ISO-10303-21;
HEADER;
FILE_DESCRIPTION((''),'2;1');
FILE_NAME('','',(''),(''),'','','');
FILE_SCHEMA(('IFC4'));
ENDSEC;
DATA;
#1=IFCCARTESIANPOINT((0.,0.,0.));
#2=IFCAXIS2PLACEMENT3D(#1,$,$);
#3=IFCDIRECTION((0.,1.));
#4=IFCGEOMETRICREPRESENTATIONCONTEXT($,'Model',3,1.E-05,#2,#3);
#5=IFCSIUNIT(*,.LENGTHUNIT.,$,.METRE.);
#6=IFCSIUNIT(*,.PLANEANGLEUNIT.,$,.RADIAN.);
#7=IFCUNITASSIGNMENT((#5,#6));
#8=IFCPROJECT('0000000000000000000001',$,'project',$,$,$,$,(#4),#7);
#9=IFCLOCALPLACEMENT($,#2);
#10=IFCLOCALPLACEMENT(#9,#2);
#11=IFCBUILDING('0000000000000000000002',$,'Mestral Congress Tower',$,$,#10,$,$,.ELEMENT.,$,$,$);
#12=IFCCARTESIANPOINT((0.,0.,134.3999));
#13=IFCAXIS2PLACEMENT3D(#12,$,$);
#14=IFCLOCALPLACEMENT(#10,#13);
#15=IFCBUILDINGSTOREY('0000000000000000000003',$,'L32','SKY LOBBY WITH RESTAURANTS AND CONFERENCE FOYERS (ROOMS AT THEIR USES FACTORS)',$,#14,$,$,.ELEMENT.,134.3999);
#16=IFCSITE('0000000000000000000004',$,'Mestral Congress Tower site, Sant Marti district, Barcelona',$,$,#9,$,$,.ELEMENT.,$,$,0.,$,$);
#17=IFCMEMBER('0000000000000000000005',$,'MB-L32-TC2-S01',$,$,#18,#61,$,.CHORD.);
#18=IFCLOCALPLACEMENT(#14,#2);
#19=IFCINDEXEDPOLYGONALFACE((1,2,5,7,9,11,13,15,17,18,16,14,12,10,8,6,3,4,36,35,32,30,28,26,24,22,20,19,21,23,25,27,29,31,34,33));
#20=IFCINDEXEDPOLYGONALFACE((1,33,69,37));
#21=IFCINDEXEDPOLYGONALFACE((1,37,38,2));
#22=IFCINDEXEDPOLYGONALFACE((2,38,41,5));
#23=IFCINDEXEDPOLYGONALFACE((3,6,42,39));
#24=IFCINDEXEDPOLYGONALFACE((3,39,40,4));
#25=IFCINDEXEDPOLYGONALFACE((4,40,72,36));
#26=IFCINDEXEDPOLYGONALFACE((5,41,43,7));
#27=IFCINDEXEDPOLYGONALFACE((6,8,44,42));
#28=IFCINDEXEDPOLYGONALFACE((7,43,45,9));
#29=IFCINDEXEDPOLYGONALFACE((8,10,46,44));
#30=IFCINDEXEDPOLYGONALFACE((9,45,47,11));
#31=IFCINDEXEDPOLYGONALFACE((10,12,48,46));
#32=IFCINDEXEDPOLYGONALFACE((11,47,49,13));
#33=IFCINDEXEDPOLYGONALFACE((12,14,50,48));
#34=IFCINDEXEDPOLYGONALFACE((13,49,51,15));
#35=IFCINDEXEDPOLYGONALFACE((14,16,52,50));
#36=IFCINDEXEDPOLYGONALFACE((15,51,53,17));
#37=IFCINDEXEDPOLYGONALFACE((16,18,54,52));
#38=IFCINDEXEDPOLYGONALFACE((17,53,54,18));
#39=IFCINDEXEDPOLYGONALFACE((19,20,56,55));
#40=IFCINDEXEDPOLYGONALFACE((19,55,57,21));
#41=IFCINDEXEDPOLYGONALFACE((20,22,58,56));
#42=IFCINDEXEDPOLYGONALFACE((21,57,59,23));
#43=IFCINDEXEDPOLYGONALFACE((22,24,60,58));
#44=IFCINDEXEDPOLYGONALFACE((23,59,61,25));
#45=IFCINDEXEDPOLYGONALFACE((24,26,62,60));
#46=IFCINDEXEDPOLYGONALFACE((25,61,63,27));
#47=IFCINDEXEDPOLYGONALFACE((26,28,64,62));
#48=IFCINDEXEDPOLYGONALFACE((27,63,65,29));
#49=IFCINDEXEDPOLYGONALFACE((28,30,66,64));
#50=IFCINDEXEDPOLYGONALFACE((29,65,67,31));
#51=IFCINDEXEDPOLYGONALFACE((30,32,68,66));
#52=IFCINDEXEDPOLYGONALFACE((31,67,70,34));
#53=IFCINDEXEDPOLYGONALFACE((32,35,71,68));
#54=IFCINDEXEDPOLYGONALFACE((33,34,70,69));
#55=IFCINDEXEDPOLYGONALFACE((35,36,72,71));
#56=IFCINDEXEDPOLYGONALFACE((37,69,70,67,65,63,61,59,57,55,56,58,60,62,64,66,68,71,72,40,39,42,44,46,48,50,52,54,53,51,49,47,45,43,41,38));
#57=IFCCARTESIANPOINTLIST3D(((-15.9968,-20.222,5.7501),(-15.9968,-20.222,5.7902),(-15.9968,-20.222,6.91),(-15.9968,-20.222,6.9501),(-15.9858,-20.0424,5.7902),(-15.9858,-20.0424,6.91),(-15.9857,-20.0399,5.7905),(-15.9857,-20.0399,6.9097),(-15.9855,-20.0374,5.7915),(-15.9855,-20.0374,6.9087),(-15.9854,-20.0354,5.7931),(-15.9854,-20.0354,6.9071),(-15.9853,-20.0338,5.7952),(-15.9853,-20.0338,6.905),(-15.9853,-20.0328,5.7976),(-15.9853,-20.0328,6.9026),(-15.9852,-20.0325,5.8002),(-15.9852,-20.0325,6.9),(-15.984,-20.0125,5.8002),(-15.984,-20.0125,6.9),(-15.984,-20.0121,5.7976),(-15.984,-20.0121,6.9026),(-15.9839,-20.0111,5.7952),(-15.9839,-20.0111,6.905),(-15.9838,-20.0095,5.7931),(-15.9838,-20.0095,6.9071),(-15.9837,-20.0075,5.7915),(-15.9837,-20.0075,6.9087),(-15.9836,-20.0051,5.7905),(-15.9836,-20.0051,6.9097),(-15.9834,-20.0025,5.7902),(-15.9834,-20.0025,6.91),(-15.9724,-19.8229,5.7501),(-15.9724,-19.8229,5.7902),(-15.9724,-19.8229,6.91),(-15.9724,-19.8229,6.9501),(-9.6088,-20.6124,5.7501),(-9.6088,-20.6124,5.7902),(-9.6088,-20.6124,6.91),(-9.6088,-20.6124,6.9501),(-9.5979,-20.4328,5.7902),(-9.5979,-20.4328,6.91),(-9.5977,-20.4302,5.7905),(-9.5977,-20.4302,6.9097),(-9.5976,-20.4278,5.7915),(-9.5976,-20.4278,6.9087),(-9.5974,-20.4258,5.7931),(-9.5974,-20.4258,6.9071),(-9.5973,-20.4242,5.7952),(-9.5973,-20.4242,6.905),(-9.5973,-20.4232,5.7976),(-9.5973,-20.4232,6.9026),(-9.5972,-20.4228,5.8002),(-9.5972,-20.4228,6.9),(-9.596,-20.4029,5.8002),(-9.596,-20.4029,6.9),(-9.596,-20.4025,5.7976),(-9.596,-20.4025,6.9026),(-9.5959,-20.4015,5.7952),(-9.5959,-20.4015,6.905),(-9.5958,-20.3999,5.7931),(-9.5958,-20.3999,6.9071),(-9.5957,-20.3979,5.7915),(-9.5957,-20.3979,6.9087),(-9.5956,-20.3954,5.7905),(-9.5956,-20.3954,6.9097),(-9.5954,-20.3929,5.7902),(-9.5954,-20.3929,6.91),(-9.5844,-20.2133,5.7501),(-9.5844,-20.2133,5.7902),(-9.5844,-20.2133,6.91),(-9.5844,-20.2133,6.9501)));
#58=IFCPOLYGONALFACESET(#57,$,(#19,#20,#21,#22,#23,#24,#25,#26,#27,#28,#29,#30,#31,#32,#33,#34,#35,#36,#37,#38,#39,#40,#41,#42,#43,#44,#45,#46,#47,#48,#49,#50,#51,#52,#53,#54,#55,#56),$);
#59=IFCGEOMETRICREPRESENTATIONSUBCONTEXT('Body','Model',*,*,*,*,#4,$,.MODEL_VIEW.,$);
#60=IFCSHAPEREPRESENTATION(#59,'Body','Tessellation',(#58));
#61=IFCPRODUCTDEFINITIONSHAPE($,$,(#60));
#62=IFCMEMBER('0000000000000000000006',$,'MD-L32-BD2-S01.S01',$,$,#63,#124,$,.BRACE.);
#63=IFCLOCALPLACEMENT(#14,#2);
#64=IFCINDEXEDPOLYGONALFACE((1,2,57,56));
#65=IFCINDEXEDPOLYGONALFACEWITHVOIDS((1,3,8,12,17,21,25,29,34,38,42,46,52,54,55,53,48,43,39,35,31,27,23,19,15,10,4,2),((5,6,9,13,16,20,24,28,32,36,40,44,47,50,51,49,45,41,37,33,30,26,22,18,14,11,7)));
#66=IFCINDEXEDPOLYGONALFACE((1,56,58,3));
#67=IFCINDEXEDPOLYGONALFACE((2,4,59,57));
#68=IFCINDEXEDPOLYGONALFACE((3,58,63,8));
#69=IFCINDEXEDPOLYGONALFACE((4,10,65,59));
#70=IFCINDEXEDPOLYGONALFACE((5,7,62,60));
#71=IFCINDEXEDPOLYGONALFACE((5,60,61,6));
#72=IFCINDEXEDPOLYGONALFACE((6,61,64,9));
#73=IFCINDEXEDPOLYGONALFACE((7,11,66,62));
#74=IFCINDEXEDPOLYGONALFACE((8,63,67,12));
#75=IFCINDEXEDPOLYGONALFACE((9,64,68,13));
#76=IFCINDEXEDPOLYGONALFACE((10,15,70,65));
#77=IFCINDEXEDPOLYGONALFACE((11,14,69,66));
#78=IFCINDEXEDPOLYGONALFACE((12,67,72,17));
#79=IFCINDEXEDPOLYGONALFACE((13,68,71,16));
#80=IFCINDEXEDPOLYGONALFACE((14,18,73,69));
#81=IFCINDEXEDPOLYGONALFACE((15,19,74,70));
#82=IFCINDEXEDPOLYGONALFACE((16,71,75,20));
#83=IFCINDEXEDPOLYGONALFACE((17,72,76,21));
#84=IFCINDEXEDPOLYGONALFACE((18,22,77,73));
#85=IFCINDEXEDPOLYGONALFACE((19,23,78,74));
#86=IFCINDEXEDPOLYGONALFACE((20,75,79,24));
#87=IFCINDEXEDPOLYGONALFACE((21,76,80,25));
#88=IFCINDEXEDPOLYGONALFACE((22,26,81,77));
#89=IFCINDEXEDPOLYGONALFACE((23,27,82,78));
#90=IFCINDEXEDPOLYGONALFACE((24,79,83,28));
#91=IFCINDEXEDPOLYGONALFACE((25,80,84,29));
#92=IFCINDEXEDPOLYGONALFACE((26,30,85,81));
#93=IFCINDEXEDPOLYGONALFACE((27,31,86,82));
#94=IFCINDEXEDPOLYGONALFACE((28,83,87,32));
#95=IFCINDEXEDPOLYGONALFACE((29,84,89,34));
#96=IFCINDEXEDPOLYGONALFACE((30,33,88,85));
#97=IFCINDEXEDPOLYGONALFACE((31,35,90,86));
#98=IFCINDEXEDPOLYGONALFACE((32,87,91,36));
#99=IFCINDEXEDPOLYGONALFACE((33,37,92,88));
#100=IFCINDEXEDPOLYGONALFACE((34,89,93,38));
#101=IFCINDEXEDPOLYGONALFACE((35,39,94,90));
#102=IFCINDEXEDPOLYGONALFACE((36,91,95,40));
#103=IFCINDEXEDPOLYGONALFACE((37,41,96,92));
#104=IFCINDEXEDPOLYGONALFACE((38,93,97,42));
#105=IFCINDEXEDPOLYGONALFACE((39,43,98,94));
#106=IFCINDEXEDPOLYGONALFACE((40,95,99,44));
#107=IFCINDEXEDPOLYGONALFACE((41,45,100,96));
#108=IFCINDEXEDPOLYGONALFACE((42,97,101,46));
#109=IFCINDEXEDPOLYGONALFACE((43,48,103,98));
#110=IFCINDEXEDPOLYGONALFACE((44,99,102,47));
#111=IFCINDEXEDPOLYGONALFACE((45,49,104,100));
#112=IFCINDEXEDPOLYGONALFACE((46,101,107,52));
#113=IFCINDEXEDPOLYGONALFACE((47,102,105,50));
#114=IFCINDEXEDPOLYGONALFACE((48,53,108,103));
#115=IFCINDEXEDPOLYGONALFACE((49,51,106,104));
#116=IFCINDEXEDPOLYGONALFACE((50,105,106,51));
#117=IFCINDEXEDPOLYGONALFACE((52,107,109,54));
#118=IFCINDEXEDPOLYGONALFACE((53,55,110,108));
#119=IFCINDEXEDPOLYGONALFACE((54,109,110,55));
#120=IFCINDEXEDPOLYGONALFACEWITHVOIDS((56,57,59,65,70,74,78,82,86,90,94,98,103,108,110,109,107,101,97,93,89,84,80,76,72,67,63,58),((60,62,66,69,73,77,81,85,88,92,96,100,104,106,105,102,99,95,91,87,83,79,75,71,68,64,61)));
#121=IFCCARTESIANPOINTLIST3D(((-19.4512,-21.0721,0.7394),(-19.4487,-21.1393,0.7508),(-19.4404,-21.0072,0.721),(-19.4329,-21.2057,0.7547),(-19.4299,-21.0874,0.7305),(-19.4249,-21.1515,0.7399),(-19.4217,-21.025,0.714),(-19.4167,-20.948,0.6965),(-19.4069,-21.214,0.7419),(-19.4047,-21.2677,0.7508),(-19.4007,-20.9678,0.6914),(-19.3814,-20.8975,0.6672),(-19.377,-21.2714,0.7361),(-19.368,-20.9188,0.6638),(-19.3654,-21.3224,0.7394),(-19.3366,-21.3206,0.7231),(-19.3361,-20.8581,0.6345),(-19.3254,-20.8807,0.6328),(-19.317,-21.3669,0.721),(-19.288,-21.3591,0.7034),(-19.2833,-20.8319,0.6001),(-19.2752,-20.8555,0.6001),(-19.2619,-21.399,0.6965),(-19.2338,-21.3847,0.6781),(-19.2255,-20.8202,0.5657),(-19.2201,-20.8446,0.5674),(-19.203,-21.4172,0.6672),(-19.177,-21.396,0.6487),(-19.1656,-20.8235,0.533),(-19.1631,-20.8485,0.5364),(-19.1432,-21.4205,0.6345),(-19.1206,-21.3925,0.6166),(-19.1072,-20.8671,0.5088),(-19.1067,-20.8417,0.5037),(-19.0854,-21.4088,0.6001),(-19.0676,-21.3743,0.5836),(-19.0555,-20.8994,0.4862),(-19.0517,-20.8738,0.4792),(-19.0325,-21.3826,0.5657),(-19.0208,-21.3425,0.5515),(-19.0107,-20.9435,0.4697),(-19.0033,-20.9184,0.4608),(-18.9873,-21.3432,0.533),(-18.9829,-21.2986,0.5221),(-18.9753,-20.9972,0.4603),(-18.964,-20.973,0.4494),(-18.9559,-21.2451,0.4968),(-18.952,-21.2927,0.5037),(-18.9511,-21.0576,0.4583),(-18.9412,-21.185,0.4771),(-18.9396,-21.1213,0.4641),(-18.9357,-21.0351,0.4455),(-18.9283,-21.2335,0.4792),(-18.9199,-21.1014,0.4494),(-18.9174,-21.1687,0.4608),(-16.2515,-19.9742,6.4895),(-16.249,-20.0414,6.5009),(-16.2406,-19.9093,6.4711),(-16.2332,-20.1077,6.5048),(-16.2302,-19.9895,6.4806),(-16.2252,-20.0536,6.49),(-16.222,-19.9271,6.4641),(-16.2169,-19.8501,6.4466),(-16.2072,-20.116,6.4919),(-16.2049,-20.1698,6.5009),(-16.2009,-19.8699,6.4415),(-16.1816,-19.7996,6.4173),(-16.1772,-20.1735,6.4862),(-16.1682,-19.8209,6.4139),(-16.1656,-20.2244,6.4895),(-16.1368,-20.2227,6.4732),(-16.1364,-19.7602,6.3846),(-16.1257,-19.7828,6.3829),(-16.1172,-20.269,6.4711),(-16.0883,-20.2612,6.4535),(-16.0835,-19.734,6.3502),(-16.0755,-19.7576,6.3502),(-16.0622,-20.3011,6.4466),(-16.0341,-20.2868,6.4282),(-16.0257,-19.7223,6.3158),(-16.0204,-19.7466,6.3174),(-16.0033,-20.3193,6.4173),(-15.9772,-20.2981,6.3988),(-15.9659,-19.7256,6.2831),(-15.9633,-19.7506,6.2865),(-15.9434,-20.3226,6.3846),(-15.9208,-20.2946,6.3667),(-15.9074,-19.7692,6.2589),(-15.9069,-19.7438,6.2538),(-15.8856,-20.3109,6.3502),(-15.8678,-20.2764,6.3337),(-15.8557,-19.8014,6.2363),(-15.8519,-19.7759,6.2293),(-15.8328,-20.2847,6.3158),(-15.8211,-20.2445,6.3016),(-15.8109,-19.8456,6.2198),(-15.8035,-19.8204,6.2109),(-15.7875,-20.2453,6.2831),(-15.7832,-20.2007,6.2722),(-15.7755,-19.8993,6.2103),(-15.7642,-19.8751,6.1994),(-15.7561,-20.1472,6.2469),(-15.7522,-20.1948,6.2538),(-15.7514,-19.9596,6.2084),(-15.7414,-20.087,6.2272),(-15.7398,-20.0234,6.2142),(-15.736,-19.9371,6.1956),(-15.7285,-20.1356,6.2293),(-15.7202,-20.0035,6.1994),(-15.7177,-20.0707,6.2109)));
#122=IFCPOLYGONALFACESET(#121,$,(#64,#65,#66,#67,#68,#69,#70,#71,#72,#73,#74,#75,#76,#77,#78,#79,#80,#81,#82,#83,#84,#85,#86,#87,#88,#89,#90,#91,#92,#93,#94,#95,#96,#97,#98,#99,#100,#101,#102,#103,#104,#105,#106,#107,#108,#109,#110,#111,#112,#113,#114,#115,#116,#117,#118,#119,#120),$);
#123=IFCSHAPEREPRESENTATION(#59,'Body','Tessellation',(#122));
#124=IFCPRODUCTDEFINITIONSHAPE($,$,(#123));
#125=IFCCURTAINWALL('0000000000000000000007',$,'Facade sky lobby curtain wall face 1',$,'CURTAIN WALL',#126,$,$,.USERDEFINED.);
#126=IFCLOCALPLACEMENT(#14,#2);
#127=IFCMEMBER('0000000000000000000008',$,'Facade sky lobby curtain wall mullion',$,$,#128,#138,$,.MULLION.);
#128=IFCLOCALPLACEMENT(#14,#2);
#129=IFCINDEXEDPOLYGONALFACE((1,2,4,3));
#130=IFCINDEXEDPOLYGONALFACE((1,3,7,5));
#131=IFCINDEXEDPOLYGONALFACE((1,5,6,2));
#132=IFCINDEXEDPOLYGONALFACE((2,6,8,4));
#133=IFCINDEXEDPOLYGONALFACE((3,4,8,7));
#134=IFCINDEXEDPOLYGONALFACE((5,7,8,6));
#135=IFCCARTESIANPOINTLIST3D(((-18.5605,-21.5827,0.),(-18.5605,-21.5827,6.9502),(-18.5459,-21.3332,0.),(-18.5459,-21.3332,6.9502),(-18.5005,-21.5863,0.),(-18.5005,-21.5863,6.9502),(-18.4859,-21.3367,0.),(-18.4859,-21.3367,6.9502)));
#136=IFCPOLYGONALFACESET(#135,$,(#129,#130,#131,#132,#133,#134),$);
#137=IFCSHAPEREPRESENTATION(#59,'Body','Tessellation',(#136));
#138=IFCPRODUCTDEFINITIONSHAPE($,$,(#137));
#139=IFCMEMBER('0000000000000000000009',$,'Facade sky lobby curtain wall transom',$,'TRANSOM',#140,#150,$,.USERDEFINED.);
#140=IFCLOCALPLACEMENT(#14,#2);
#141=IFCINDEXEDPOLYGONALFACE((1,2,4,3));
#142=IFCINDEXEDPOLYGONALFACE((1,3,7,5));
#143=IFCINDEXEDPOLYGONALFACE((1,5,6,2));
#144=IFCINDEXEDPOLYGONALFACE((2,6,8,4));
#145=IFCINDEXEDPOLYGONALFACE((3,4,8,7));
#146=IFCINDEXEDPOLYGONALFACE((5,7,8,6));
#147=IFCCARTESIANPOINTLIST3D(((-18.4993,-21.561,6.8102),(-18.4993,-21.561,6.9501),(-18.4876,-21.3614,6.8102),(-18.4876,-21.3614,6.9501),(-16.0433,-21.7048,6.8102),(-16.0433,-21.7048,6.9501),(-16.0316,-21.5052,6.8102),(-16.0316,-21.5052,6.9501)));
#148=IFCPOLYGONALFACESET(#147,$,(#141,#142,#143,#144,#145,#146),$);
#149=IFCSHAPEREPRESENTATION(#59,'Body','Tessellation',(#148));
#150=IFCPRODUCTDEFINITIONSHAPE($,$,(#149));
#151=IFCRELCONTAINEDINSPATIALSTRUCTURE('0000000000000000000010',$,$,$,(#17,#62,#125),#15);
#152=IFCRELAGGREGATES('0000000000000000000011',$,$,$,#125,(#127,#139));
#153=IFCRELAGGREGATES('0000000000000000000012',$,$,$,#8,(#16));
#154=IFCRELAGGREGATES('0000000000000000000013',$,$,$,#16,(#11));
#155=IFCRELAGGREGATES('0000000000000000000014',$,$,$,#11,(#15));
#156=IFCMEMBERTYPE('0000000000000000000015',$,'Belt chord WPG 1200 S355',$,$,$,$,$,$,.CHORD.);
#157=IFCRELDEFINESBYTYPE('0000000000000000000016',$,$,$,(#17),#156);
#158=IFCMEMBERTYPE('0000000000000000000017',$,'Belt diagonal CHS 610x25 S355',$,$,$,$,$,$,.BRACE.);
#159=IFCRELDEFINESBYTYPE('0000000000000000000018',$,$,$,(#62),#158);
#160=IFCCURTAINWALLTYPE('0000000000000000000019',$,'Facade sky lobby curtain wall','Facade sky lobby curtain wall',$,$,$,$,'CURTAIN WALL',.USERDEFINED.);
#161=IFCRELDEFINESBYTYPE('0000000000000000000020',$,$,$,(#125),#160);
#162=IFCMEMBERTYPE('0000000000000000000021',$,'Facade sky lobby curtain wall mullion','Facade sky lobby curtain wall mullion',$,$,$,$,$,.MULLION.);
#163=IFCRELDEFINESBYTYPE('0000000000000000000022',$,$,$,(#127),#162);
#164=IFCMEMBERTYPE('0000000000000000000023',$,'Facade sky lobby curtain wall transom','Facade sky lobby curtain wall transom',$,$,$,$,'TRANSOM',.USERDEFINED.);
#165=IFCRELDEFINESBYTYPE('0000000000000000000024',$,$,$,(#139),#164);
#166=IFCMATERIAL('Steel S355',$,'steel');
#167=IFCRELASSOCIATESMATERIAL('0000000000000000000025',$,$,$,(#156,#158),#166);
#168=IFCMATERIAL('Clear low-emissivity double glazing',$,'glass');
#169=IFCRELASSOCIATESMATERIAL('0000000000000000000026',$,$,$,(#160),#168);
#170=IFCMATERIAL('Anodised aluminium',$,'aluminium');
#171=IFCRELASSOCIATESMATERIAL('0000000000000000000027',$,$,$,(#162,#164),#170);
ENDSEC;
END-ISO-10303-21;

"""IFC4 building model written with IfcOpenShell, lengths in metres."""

from ifc_helpers import new_model, si_unit, direction, frame, origin, origin_2d, place, context, subcontext, project, spatial, rectangle, hollow_circle, i_section, extrude, material, material_profile, profile_set, type_object, element, aggregate, save


model = new_model("IFC4")

# Units and contexts
model_context = context("Model", 3, precision=1e-05, world=origin(), true_north=direction((0.0, 1.0)))
body_context = subcontext(model_context, "Body", "Model", "MODEL_VIEW")
ifc_project = project(units=[si_unit("LENGTHUNIT", "METRE"), si_unit("PLANEANGLEUNIT", "RADIAN")], contexts=[model_context])

# Site, building, storey
site_placement = place(None, origin())
site = spatial("IfcSite", under=ifc_project, at=site_placement, Name="Mestral Congress Tower site, Sant Marti district, Barcelona", CompositionType="ELEMENT", RefElevation=0.0)
building_placement = place(site_placement, origin())
building = spatial("IfcBuilding", under=site, at=building_placement, Name="Mestral Congress Tower", CompositionType="ELEMENT")
storey_placement = place(building_placement, frame((0.0, 0.0, 134.3999)))
storey = spatial("IfcBuildingStorey", under=building, at=storey_placement, Name="L32", Description="SKY LOBBY WITH RESTAURANTS AND CONFERENCE FOYERS (ROOMS AT THEIR USES FACTORS)", CompositionType="ELEMENT", Elevation=134.3999)

# Members
ifc_material_1 = material(Name="Steel S355", Category="steel")
ifc_material_profile_1 = material_profile(ifc_material_1, i_section(OverallWidth=0.3999, OverallDepth=1.2, WebThickness=0.02, FlangeThickness=0.04, FilletRadius=0.01, at=origin_2d()), Name="WPG 1200")
ifc_profile_set_1 = profile_set([ifc_material_profile_1], Name="Steel S355")
member_type_1 = type_object("IfcMemberType", Name="Belt chord WPG 1200 S355", PredefinedType="CHORD", material=ifc_profile_set_1)
member_1_placement = place(storey_placement, frame((-15.9846, -20.0225, 6.3501), z_axis=(0.998138, -0.060998, 0.0), x_axis=(0.060998, 0.998138, 0.0)))
element("IfcMember", 1, at=member_1_placement, inside=storey, type_object=member_type_1, Name="MB-L32-TC2-S01", PredefinedType="CHORD", context=body_context, shape_type="SweptSolid", body=[
    extrude(i_section(OverallWidth=0.3999, OverallDepth=1.2, WebThickness=0.02, FlangeThickness=0.04, FilletRadius=0.01, at=origin_2d()), origin(), (0.0, 0.0, 1.0), 6.3999),
])
ifc_material_profile_2 = material_profile(ifc_material_1, hollow_circle(Radius=0.3049, WallThickness=0.0249, at=origin_2d()), Name="CHS 610x25")
ifc_profile_set_2 = profile_set([ifc_material_profile_2], Name="Steel S355")
member_type_2 = type_object("IfcMemberType", Name="Belt diagonal CHS 610x25 S355", PredefinedType="BRACE", material=ifc_profile_set_2)
member_2_placement = place(storey_placement, frame((-19.1843, -21.1204, 0.6001), z_axis=(0.479624, 0.164571, 0.861903), x_axis=(-0.324551, 0.945868, 0.0)))
element("IfcMember", 2, at=member_2_placement, inside=storey, type_object=member_type_2, Name="MD-L32-BD2-S01.S01", PredefinedType="BRACE", context=body_context, shape_type="SweptSolid", body=[
    extrude(hollow_circle(Radius=0.3049, WallThickness=0.0249, at=origin_2d()), origin(), (0.0, 0.0, 1.0), 6.6714),
])

# Curtain wall, members
ifc_material_2 = material(Name="Clear low-emissivity double glazing", Category="glass")
curtain_wall_type = type_object("IfcCurtainWallType", Name="Facade sky lobby curtain wall", Description="Facade sky lobby curtain wall", ElementType="CURTAIN WALL", PredefinedType="USERDEFINED", material=ifc_material_2)
curtain_wall_placement = place(storey_placement, origin())
curtain_wall = element("IfcCurtainWall", 3, at=curtain_wall_placement, inside=storey, type_object=curtain_wall_type, Name="Facade sky lobby curtain wall face 1", ObjectType="CURTAIN WALL", PredefinedType="USERDEFINED")
ifc_material_3 = material(Name="Anodised aluminium", Category="aluminium")
ifc_material_profile_3 = material_profile(ifc_material_3, rectangle(XDim=0.25, YDim=0.0601, at=origin_2d()), Name="CW1 mullion 250 x 60")
ifc_profile_set_3 = profile_set([ifc_material_profile_3], Name="Anodised aluminium")
member_type_3 = type_object("IfcMemberType", Name="Facade sky lobby curtain wall mullion", Description="Facade sky lobby curtain wall mullion", PredefinedType="MULLION", material=ifc_profile_set_3)
member_3_placement = place(storey_placement, frame((-18.5232, -21.4597, 0.0), z_axis=(0.0, 0.0, 1.0), x_axis=(-0.058437, -0.998291, 0.0)))
member_3 = element("IfcMember", 4, at=member_3_placement, type_object=member_type_3, Name="Facade sky lobby curtain wall mullion", PredefinedType="MULLION", context=body_context, shape_type="SweptSolid", body=[
    extrude(rectangle(XDim=0.25, YDim=0.0601, at=origin_2d()), origin(), (0.0, 0.0, 1.0), 6.9502),
])
ifc_material_profile_4 = material_profile(ifc_material_3, rectangle(XDim=0.2, YDim=0.1399, at=origin_2d()), Name="CW1 transom 200 x 140")
ifc_profile_set_4 = profile_set([ifc_material_profile_4], Name="Anodised aluminium")
member_type_4 = type_object("IfcMemberType", Name="Facade sky lobby curtain wall transom", Description="Facade sky lobby curtain wall transom", ElementType="TRANSOM", PredefinedType="USERDEFINED", material=ifc_profile_set_4)
member_4_placement = place(storey_placement, frame((-18.4934, -21.4612, 6.8801), z_axis=(0.99829, -0.058449, 0.0), x_axis=(0.058449, 0.99829, 0.0)))
member_4 = element("IfcMember", 5, at=member_4_placement, type_object=member_type_4, Name="Facade sky lobby curtain wall transom", ObjectType="TRANSOM", PredefinedType="USERDEFINED", context=body_context, shape_type="SweptSolid", body=[
    extrude(rectangle(XDim=0.2, YDim=0.1399, at=origin_2d()), origin(), (0.0, 0.0, 1.0), 2.4602),
])

aggregate(curtain_wall, [member_3, member_4])

save(model, "model.ifc")
